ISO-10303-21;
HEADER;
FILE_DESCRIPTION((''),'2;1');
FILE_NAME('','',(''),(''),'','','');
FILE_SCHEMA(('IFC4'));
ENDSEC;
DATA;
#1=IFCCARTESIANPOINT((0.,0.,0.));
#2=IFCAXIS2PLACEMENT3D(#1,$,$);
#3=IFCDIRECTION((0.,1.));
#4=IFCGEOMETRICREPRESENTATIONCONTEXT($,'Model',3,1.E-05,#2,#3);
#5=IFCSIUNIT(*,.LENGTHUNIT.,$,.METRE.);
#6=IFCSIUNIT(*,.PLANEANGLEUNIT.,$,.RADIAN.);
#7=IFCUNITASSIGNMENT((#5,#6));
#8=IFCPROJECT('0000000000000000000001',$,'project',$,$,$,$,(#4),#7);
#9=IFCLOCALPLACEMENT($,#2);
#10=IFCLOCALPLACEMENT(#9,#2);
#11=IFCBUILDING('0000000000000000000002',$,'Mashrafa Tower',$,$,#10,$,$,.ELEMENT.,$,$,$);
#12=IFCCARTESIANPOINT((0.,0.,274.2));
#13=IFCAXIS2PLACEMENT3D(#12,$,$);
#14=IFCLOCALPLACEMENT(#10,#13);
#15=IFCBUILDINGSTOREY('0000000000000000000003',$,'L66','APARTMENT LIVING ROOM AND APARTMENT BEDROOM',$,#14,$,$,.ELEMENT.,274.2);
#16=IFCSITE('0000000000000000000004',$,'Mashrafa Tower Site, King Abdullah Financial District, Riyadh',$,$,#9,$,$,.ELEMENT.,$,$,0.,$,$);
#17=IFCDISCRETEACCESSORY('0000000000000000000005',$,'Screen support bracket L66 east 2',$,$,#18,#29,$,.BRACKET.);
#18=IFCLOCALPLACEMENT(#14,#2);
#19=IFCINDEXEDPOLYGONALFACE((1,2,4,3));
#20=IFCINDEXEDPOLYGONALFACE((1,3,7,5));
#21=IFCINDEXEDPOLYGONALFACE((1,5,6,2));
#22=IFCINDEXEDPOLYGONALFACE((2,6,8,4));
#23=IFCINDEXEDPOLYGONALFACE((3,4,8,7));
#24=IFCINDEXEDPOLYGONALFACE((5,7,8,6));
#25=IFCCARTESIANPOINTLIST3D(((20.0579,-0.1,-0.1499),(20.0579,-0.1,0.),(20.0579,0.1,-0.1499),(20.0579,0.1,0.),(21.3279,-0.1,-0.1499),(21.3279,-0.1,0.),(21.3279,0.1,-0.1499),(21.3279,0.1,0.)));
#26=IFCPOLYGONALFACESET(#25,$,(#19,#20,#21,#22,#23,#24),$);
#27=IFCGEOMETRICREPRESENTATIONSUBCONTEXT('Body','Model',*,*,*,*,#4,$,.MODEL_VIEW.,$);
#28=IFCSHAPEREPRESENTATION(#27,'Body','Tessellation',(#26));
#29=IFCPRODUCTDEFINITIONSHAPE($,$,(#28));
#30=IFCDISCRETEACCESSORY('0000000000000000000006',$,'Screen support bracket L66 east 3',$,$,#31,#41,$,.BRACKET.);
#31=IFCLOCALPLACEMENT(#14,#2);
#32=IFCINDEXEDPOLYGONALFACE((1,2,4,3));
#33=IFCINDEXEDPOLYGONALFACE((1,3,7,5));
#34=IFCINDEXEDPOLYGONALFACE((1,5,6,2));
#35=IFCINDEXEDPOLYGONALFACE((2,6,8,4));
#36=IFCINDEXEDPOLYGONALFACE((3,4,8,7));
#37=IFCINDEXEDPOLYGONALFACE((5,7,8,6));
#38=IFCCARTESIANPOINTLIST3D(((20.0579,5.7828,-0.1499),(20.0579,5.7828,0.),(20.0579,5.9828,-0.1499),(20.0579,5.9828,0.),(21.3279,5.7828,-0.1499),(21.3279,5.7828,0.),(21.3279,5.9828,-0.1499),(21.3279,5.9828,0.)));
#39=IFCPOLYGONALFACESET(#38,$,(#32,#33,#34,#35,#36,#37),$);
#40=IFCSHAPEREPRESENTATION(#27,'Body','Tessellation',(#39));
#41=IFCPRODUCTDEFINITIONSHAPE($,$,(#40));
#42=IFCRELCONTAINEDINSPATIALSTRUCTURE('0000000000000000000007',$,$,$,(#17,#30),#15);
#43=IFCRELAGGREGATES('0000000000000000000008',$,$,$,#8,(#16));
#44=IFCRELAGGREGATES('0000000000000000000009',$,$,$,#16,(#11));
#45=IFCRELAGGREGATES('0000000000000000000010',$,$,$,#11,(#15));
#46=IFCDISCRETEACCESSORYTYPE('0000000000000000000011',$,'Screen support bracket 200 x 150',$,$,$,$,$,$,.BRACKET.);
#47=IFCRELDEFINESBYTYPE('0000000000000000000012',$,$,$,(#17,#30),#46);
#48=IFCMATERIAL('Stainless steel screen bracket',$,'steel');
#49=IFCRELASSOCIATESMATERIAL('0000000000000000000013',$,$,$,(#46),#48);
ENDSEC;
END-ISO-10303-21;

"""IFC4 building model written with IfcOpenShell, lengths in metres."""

from ifc_helpers import new_model, si_unit, direction, frame, origin, origin_2d, place, context, subcontext, project, spatial, rectangle, extrude, source, transform, mapped, material, type_object, type_shapes, element, save


model = new_model("IFC4")

# Units and contexts
model_context = context("Model", 3, precision=1e-05, world=origin(), true_north=direction((0.0, 1.0)))
body_context = subcontext(model_context, "Body", "Model", "MODEL_VIEW")
ifc_project = project(units=[si_unit("LENGTHUNIT", "METRE"), si_unit("PLANEANGLEUNIT", "RADIAN")], contexts=[model_context])

# Site, building, storey
site_placement = place(None, origin())
site = spatial("IfcSite", under=ifc_project, at=site_placement, Name="Mashrafa Tower Site, King Abdullah Financial District, Riyadh", CompositionType="ELEMENT", RefElevation=0.0)
building_placement = place(site_placement, origin())
building = spatial("IfcBuilding", under=site, at=building_placement, Name="Mashrafa Tower", CompositionType="ELEMENT")
storey_placement = place(building_placement, frame((0.0, 0.0, 274.2)))
storey = spatial("IfcBuildingStorey", under=building, at=storey_placement, Name="L66", Description="APARTMENT LIVING ROOM AND APARTMENT BEDROOM", CompositionType="ELEMENT", Elevation=274.2)

# Discrete accessories
ifc_material_1 = material(Name="Stainless steel screen bracket", Category="steel")
discrete_accessory_type = type_object("IfcDiscreteAccessoryType", Name="Screen support bracket 200 x 150", PredefinedType="BRACKET", material=ifc_material_1)
shared_shape_1 = source(origin(), body_context, "Body", "SweptSolid", [
    extrude(rectangle(XDim=0.2, YDim=1.27, at=origin_2d()), origin(), (0.0, 0.0, 1.0), 0.1499),
])
type_shapes(discrete_accessory_type, [shared_shape_1])
for number, where, z_axis, x_axis, name in (
    (1, (20.6929, 0.0, -0.1499), (0.0, 0.0, 1.0), (0.0, 1.0, 0.0), "Screen support bracket L66 east 2"),
    (2, (20.6929, 5.8828, -0.1499), (0.0, 0.0, 1.0), (0.0, 1.0, 0.0), "Screen support bracket L66 east 3"),
):
    element("IfcDiscreteAccessory", number, at=place(storey_placement, frame(where, z_axis=z_axis, x_axis=x_axis)), inside=storey, type_object=discrete_accessory_type, Name=name, PredefinedType="BRACKET", context=body_context, shape_type="MappedRepresentation", body=[
        mapped(shared_shape_1, transform((0.0, 0.0, 0.0))),
    ])

save(model, "model.ifc")
